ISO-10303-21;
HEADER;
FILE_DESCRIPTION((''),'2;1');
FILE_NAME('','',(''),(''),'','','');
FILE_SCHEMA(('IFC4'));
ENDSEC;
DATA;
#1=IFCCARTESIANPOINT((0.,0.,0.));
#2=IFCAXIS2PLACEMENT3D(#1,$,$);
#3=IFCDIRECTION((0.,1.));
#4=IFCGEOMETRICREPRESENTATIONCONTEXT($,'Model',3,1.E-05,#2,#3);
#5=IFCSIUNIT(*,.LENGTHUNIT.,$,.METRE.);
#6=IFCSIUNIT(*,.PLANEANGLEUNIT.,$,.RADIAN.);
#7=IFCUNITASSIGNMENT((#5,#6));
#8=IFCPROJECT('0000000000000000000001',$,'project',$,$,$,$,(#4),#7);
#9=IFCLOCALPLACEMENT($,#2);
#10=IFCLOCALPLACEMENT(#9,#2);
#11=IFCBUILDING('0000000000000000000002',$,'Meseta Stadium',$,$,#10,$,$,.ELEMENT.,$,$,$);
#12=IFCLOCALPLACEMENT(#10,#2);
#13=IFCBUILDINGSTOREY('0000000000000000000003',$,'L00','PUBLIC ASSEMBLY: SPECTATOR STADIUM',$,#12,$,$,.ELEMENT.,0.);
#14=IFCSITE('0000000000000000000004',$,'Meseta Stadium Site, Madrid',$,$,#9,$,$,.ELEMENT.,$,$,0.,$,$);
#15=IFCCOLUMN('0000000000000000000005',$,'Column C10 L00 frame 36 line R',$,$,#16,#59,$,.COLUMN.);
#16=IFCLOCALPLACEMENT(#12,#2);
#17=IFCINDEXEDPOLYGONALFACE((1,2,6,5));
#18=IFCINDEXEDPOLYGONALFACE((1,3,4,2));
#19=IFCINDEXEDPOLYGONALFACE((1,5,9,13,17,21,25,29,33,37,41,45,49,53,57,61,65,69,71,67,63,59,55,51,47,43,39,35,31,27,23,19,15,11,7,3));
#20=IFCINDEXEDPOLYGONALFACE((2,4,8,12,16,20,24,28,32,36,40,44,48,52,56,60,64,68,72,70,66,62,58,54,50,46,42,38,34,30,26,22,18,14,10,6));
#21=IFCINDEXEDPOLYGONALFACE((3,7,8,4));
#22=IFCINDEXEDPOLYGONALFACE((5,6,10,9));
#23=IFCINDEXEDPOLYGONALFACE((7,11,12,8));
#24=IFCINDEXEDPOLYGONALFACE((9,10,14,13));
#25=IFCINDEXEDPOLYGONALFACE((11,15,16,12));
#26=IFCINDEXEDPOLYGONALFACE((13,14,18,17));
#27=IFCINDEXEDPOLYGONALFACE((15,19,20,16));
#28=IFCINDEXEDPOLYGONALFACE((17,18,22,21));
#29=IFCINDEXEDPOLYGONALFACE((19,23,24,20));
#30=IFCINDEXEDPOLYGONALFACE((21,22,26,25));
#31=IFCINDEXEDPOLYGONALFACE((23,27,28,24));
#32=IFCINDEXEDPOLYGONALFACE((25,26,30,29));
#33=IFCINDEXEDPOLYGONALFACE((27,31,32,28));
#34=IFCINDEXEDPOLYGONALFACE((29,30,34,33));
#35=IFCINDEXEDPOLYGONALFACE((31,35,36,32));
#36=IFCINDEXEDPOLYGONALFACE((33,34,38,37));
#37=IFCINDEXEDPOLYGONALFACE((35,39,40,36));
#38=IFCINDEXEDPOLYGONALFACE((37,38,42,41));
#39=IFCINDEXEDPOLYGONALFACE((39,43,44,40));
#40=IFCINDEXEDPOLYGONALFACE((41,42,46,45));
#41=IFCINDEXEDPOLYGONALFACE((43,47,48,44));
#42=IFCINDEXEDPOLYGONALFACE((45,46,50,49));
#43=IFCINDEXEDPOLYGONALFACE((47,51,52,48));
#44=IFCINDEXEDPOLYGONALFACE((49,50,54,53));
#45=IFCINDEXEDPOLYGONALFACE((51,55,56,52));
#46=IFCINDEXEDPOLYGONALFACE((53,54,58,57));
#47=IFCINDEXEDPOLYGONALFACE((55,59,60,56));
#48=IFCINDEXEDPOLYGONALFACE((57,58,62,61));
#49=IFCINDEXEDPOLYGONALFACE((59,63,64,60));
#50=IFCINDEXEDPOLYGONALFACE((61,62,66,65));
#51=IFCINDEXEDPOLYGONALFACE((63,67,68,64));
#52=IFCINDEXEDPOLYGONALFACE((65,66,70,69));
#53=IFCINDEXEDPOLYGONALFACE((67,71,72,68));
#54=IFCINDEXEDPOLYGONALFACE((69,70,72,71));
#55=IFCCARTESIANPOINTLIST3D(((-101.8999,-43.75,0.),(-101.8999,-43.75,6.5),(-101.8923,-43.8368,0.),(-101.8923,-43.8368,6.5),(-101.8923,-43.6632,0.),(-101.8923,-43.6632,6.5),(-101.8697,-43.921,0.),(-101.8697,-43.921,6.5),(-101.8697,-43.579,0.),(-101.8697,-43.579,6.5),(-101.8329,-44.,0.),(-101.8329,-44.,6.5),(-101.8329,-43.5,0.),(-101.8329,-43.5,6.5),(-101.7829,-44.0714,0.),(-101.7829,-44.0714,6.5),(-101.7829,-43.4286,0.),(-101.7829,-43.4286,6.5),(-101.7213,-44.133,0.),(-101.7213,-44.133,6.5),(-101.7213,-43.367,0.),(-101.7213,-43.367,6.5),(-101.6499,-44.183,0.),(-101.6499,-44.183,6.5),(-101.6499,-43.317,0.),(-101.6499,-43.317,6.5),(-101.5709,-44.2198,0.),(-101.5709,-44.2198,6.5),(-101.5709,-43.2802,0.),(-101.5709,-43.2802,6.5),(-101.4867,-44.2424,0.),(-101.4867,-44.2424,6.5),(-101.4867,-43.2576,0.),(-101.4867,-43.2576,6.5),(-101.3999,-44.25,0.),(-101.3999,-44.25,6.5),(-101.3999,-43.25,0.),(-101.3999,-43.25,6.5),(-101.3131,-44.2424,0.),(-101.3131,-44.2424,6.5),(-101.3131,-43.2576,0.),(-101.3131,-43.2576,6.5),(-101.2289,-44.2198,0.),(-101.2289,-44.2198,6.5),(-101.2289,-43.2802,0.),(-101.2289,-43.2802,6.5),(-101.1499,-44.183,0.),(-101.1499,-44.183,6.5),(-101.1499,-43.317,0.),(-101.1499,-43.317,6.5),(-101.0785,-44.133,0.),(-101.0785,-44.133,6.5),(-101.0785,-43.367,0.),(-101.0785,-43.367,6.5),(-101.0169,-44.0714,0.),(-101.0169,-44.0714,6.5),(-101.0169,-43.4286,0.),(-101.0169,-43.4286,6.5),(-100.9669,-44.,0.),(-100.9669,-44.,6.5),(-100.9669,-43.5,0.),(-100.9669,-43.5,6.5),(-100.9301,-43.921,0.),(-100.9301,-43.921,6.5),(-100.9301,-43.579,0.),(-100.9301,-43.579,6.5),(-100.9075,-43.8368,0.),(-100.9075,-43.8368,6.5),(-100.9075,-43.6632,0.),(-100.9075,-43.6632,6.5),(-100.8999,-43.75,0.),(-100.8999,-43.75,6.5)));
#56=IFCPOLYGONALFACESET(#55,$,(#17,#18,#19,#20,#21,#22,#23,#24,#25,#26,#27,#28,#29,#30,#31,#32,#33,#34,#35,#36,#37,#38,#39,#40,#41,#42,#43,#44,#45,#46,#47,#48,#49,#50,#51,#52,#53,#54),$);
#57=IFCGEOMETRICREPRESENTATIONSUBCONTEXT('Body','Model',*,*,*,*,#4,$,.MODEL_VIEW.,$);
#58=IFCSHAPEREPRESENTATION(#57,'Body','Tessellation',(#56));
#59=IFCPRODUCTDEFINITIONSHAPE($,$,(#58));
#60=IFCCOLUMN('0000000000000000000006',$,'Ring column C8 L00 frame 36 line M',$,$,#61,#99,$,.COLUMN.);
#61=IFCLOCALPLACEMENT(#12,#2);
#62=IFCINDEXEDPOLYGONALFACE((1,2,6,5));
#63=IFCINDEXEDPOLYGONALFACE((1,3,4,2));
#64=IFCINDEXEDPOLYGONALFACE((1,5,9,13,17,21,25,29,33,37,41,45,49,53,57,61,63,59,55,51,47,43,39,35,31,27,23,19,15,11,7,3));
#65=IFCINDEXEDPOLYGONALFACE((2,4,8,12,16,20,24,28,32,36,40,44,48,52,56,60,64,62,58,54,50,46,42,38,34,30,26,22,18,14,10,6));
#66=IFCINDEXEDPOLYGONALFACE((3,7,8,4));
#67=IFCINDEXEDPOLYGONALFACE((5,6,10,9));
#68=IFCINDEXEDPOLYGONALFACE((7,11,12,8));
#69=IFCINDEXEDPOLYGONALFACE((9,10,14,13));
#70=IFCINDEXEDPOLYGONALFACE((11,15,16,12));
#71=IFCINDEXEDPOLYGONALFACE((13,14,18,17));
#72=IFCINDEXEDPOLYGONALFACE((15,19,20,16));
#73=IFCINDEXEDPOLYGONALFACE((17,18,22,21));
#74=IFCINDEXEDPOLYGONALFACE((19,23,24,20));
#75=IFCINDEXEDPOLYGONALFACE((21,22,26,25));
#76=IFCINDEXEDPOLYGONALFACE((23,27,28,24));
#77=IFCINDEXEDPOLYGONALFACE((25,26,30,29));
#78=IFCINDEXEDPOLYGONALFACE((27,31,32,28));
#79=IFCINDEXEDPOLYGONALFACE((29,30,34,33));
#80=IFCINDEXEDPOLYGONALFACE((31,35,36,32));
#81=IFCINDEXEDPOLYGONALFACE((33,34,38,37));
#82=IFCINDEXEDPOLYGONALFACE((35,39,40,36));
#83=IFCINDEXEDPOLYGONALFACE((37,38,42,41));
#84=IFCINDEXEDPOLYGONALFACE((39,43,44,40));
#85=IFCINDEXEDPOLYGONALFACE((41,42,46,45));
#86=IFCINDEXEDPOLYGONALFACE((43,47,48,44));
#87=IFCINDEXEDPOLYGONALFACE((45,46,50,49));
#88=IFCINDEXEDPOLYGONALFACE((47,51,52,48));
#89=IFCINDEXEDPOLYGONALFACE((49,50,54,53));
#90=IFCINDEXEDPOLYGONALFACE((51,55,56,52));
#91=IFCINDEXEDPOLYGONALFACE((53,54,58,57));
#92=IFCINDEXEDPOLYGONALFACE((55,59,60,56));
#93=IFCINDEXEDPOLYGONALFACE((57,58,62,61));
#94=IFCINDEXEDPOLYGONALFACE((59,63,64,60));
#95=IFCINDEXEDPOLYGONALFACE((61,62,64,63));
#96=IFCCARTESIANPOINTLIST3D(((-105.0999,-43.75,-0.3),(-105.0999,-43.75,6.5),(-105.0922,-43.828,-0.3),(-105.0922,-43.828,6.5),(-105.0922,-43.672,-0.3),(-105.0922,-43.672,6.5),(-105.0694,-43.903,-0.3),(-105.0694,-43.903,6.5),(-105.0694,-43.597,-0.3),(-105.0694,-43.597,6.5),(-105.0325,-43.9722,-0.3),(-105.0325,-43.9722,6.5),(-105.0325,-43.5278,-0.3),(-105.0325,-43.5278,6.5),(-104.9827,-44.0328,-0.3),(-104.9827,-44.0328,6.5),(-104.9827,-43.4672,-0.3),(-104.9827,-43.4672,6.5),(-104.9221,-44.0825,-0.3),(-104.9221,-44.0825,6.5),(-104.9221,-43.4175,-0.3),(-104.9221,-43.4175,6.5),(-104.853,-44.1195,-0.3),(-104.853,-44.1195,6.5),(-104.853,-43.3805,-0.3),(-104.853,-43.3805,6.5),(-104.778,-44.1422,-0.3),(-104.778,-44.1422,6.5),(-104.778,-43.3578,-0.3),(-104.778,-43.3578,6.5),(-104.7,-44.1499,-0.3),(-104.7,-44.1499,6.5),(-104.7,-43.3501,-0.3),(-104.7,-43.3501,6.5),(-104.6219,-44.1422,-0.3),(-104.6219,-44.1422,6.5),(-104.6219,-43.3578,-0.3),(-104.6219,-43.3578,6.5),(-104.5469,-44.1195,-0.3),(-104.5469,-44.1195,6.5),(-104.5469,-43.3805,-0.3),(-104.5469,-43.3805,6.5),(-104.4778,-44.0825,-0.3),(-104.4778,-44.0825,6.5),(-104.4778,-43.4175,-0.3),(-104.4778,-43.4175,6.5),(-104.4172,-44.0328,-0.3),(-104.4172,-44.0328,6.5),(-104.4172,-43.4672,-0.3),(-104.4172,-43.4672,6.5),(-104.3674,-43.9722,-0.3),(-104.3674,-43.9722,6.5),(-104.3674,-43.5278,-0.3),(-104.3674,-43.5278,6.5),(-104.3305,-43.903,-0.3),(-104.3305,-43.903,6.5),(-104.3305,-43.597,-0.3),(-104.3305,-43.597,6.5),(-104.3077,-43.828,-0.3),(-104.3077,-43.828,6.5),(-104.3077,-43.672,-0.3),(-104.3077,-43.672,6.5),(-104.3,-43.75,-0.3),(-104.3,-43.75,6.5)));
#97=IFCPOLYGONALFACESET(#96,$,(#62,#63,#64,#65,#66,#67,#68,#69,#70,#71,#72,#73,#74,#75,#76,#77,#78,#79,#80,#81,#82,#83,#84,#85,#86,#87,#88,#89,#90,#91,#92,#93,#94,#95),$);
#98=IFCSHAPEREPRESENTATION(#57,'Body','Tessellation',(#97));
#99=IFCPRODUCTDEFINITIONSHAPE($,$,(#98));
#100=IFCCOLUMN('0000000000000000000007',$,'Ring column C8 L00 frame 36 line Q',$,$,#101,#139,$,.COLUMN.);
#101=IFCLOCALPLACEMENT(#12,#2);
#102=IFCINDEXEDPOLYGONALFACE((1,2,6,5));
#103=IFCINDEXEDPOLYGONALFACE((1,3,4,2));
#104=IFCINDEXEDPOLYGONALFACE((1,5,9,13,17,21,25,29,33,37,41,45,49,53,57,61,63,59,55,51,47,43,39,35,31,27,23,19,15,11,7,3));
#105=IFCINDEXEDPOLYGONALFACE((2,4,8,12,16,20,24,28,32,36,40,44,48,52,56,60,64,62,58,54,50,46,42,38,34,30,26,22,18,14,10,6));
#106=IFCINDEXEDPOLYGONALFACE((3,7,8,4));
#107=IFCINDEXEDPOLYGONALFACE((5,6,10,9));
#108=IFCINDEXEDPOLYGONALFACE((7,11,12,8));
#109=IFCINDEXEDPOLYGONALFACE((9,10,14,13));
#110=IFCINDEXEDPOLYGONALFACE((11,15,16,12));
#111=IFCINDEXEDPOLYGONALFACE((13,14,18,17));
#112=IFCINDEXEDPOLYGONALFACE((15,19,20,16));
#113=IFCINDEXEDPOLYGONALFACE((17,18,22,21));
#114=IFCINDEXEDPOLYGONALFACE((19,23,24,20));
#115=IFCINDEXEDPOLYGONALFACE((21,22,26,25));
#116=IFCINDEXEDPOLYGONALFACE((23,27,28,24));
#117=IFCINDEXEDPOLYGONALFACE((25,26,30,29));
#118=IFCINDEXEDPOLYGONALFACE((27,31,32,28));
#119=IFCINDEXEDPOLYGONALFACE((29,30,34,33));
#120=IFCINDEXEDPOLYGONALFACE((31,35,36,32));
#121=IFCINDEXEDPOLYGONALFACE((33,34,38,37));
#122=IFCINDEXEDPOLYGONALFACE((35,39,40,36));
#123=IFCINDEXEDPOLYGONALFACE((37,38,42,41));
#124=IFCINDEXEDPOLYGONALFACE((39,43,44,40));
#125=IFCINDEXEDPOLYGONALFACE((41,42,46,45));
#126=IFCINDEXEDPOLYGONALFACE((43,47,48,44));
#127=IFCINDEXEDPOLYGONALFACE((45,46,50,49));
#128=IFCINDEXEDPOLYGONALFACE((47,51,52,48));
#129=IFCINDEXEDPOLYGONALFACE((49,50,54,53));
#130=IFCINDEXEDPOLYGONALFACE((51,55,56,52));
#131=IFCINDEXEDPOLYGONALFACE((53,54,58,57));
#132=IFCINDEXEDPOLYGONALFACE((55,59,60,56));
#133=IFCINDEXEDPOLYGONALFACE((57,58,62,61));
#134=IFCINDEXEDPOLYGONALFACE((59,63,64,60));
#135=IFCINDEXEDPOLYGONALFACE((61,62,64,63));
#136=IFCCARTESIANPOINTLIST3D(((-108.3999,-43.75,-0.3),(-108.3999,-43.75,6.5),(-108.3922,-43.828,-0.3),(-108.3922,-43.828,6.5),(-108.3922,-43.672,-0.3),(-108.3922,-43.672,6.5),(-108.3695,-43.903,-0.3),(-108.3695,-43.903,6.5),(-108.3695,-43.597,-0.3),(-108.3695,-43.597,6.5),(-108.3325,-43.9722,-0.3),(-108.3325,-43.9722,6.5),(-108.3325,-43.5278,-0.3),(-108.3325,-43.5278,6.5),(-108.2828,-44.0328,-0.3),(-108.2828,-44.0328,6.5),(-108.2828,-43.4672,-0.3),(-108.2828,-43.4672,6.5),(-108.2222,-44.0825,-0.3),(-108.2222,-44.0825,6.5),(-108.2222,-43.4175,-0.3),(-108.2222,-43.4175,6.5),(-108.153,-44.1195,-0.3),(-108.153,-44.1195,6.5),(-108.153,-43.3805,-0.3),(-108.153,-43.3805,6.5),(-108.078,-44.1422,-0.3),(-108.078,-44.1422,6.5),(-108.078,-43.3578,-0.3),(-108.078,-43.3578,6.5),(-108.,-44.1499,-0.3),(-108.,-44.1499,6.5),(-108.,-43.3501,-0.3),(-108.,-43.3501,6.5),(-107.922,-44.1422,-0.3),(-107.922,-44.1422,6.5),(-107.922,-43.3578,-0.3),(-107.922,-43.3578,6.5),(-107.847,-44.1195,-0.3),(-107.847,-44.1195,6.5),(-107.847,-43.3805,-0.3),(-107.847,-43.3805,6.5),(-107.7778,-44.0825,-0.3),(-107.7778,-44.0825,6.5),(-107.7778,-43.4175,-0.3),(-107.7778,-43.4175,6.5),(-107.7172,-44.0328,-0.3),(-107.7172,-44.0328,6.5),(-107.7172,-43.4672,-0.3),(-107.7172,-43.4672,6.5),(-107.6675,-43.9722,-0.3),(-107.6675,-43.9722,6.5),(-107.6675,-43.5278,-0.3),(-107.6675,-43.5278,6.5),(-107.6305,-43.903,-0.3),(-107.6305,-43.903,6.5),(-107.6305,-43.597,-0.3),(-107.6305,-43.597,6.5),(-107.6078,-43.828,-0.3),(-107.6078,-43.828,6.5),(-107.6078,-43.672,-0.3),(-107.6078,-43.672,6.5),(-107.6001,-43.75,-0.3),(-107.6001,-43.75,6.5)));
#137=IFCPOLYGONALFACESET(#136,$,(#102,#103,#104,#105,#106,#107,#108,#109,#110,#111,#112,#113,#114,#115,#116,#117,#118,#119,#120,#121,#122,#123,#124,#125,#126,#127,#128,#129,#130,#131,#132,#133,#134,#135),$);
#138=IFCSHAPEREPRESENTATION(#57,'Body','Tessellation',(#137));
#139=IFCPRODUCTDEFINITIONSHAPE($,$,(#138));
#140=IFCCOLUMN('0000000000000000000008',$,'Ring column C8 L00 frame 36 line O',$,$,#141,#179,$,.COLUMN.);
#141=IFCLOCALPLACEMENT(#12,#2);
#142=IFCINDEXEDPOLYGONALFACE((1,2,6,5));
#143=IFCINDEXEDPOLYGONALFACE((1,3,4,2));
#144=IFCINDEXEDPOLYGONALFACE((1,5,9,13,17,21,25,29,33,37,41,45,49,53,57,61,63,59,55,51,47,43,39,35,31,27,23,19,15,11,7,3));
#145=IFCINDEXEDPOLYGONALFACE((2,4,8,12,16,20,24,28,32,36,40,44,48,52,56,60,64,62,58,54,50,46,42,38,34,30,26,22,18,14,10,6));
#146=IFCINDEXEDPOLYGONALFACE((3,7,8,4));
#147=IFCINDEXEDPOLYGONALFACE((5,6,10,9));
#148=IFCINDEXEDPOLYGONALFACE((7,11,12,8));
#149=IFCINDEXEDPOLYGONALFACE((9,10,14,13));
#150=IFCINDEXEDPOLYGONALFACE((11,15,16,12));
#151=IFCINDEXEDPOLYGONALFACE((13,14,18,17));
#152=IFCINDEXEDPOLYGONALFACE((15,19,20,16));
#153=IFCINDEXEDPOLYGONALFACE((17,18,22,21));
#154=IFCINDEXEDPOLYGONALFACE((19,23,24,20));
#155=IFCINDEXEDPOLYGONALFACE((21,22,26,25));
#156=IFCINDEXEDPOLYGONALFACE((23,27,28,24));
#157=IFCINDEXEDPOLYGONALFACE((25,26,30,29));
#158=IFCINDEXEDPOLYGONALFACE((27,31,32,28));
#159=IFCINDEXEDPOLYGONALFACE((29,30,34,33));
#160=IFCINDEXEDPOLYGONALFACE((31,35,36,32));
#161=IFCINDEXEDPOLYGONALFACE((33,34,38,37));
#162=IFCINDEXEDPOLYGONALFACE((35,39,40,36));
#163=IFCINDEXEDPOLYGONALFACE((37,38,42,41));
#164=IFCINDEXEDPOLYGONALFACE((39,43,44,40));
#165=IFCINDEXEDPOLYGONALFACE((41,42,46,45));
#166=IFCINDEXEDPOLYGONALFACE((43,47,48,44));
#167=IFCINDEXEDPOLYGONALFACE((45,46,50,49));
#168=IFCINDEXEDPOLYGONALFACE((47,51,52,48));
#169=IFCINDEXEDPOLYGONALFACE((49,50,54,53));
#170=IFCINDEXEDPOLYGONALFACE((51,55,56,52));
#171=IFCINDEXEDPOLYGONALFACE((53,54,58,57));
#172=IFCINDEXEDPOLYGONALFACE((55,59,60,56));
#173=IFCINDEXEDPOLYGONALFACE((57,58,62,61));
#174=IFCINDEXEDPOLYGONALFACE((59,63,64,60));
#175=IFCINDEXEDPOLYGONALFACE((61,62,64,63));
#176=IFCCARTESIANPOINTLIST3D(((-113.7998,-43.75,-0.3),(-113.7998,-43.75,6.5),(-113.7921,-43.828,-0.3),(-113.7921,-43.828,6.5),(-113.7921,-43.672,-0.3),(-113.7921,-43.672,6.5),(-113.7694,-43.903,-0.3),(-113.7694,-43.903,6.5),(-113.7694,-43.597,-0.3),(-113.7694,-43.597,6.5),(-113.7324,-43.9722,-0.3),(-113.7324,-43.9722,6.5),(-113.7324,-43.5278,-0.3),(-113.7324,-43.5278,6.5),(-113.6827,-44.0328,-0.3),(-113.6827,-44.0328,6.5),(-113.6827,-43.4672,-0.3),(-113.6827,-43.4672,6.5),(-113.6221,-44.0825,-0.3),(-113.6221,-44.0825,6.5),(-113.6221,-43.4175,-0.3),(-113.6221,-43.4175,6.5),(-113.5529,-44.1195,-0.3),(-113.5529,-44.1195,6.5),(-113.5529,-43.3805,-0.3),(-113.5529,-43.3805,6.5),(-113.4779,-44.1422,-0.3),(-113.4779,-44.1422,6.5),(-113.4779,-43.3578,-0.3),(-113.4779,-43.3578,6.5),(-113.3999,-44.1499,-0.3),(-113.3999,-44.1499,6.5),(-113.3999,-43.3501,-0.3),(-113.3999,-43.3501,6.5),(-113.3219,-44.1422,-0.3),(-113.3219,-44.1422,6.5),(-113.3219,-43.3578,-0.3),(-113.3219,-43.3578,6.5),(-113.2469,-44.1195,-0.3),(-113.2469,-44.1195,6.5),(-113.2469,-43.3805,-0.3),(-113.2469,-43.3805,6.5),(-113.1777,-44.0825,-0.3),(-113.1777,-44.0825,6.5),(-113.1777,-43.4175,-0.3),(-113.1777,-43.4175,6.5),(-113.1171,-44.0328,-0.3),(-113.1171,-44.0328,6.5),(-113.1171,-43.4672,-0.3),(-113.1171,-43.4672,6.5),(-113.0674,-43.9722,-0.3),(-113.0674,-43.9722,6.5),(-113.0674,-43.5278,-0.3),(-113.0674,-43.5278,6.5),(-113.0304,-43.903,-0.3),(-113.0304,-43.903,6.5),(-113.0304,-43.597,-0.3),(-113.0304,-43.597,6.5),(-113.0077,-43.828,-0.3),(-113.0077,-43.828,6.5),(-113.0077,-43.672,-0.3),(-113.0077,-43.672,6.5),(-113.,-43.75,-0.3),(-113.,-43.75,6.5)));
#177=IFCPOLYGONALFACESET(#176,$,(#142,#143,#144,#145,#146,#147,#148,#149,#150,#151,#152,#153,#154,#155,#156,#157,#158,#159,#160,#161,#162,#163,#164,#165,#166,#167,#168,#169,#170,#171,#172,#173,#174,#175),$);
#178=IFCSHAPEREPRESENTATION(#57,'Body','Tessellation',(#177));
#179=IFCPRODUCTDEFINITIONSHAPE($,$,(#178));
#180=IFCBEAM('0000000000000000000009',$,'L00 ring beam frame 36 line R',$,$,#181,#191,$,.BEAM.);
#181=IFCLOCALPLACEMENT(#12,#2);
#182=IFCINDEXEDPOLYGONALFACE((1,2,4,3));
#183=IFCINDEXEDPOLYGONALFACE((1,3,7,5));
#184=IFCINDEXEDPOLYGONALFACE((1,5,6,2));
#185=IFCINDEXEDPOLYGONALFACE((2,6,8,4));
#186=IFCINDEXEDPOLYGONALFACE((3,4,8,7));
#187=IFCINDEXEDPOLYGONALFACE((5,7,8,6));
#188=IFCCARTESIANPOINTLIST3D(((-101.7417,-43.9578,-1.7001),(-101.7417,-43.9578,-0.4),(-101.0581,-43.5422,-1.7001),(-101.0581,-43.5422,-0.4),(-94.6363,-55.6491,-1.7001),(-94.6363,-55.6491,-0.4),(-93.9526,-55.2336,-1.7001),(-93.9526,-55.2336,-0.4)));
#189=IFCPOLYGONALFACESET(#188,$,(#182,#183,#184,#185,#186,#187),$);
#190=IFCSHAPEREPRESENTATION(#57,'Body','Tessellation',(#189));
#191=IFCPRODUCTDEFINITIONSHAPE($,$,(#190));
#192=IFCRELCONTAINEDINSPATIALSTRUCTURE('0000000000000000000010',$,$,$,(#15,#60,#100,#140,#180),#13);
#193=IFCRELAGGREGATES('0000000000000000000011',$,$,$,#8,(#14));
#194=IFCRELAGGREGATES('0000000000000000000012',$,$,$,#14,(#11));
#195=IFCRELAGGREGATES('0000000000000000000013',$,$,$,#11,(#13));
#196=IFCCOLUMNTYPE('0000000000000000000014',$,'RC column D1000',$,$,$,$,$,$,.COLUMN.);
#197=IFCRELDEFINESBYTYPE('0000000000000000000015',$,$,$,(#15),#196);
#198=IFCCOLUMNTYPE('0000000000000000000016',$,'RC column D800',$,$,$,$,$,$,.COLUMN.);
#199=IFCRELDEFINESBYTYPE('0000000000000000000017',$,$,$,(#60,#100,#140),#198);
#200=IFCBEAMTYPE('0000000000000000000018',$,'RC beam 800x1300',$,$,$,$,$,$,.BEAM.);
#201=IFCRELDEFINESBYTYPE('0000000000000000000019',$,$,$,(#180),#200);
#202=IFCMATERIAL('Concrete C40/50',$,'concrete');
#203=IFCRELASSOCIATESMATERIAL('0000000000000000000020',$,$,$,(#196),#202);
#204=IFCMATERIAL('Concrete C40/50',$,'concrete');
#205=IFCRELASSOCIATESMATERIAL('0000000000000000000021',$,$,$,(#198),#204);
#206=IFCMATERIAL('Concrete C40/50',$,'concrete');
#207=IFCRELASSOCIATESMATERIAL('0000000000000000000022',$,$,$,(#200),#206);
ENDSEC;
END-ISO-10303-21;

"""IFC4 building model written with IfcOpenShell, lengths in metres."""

from ifc_helpers import new_model, si_unit, direction, frame, origin, origin_2d, place, context, subcontext, project, spatial, rectangle, circle, extrude, material, material_profile, profile_set, type_object, element, save


model = new_model("IFC4")

# Units and contexts
model_context = context("Model", 3, precision=1e-05, world=origin(), true_north=direction((0.0, 1.0)))
body_context = subcontext(model_context, "Body", "Model", "MODEL_VIEW")
ifc_project = project(units=[si_unit("LENGTHUNIT", "METRE"), si_unit("PLANEANGLEUNIT", "RADIAN")], contexts=[model_context])

# Site, building, storey
site_placement = place(None, origin())
site = spatial("IfcSite", under=ifc_project, at=site_placement, Name="Meseta Stadium Site, Madrid", CompositionType="ELEMENT", RefElevation=0.0)
building_placement = place(site_placement, origin())
building = spatial("IfcBuilding", under=site, at=building_placement, Name="Meseta Stadium", CompositionType="ELEMENT")
storey_placement = place(building_placement, origin())
storey = spatial("IfcBuildingStorey", under=building, at=storey_placement, Name="L00", Description="PUBLIC ASSEMBLY: SPECTATOR STADIUM", CompositionType="ELEMENT", Elevation=0.0)

# Columns
ifc_material_1 = material(Name="Concrete C40/50", Category="concrete")
ifc_material_profile_1 = material_profile(ifc_material_1, circle(Radius=0.5, at=origin_2d()), Name="RC D1000")
ifc_profile_set_1 = profile_set([ifc_material_profile_1], Name="Concrete C40/50")
column_type_1 = type_object("IfcColumnType", Name="RC column D1000", PredefinedType="COLUMN", material=ifc_profile_set_1)
column_placement = place(storey_placement, frame((-101.3999, -43.75, 0.0), z_axis=(0.0, 0.0, 1.0), x_axis=(1.0, 0.0, 0.0)))
element("IfcColumn", 1, at=column_placement, inside=storey, type_object=column_type_1, Name="Column C10 L00 frame 36 line R", PredefinedType="COLUMN", context=body_context, shape_type="SweptSolid", body=[
    extrude(circle(Radius=0.5, at=origin_2d()), origin(), (0.0, 0.0, 1.0), 6.5),
])
ifc_material_2 = material(Name="Concrete C40/50", Category="concrete")
ifc_material_profile_2 = material_profile(ifc_material_2, circle(Radius=0.3999, at=origin_2d()), Name="RC D800")
ifc_profile_set_2 = profile_set([ifc_material_profile_2], Name="Concrete C40/50")
column_type_2 = type_object("IfcColumnType", Name="RC column D800", PredefinedType="COLUMN", material=ifc_profile_set_2)
for number, where, z_axis, x_axis, name in (
    (2, (-104.7, -43.75, -0.3), (0.0, 0.0, 1.0), (1.0, 0.0, 0.0), "Ring column C8 L00 frame 36 line M"),
    (3, (-108.0, -43.75, -0.3), (0.0, 0.0, 1.0), (1.0, 0.0, 0.0), "Ring column C8 L00 frame 36 line Q"),
    (4, (-113.3999, -43.75, -0.3), (0.0, 0.0, 1.0), (1.0, 0.0, 0.0), "Ring column C8 L00 frame 36 line O"),
):
    element("IfcColumn", number, at=place(storey_placement, frame(where, z_axis=z_axis, x_axis=x_axis)), inside=storey, type_object=column_type_2, Name=name, PredefinedType="COLUMN", context=body_context, shape_type="SweptSolid", body=[
        extrude(circle(Radius=0.3999, at=origin_2d()), origin(), (0.0, 0.0, 1.0), 6.8),
    ])

# Beam
ifc_material_3 = material(Name="Concrete C40/50", Category="concrete")
ifc_material_profile_3 = material_profile(ifc_material_3, rectangle(XDim=0.8, YDim=1.3, at=origin_2d()), Name="RC 800x1300")
ifc_profile_set_3 = profile_set([ifc_material_profile_3], Name="Concrete C40/50")
beam_type = type_object("IfcBeamType", Name="RC beam 800x1300", PredefinedType="BEAM", material=ifc_profile_set_3)
beam_placement = place(storey_placement, frame((-101.3999, -43.75, -1.05), z_axis=(0.519358, -0.854557, 0.0), x_axis=(0.854557, 0.519358, 0.0)))
element("IfcBeam", 5, at=beam_placement, inside=storey, type_object=beam_type, Name="L00 ring beam frame 36 line R", PredefinedType="BEAM", context=body_context, shape_type="SweptSolid", body=[
    extrude(rectangle(XDim=0.8, YDim=1.3, at=origin_2d()), origin(), (0.0, 0.0, 1.0), 13.6812),
])

save(model, "model.ifc")
